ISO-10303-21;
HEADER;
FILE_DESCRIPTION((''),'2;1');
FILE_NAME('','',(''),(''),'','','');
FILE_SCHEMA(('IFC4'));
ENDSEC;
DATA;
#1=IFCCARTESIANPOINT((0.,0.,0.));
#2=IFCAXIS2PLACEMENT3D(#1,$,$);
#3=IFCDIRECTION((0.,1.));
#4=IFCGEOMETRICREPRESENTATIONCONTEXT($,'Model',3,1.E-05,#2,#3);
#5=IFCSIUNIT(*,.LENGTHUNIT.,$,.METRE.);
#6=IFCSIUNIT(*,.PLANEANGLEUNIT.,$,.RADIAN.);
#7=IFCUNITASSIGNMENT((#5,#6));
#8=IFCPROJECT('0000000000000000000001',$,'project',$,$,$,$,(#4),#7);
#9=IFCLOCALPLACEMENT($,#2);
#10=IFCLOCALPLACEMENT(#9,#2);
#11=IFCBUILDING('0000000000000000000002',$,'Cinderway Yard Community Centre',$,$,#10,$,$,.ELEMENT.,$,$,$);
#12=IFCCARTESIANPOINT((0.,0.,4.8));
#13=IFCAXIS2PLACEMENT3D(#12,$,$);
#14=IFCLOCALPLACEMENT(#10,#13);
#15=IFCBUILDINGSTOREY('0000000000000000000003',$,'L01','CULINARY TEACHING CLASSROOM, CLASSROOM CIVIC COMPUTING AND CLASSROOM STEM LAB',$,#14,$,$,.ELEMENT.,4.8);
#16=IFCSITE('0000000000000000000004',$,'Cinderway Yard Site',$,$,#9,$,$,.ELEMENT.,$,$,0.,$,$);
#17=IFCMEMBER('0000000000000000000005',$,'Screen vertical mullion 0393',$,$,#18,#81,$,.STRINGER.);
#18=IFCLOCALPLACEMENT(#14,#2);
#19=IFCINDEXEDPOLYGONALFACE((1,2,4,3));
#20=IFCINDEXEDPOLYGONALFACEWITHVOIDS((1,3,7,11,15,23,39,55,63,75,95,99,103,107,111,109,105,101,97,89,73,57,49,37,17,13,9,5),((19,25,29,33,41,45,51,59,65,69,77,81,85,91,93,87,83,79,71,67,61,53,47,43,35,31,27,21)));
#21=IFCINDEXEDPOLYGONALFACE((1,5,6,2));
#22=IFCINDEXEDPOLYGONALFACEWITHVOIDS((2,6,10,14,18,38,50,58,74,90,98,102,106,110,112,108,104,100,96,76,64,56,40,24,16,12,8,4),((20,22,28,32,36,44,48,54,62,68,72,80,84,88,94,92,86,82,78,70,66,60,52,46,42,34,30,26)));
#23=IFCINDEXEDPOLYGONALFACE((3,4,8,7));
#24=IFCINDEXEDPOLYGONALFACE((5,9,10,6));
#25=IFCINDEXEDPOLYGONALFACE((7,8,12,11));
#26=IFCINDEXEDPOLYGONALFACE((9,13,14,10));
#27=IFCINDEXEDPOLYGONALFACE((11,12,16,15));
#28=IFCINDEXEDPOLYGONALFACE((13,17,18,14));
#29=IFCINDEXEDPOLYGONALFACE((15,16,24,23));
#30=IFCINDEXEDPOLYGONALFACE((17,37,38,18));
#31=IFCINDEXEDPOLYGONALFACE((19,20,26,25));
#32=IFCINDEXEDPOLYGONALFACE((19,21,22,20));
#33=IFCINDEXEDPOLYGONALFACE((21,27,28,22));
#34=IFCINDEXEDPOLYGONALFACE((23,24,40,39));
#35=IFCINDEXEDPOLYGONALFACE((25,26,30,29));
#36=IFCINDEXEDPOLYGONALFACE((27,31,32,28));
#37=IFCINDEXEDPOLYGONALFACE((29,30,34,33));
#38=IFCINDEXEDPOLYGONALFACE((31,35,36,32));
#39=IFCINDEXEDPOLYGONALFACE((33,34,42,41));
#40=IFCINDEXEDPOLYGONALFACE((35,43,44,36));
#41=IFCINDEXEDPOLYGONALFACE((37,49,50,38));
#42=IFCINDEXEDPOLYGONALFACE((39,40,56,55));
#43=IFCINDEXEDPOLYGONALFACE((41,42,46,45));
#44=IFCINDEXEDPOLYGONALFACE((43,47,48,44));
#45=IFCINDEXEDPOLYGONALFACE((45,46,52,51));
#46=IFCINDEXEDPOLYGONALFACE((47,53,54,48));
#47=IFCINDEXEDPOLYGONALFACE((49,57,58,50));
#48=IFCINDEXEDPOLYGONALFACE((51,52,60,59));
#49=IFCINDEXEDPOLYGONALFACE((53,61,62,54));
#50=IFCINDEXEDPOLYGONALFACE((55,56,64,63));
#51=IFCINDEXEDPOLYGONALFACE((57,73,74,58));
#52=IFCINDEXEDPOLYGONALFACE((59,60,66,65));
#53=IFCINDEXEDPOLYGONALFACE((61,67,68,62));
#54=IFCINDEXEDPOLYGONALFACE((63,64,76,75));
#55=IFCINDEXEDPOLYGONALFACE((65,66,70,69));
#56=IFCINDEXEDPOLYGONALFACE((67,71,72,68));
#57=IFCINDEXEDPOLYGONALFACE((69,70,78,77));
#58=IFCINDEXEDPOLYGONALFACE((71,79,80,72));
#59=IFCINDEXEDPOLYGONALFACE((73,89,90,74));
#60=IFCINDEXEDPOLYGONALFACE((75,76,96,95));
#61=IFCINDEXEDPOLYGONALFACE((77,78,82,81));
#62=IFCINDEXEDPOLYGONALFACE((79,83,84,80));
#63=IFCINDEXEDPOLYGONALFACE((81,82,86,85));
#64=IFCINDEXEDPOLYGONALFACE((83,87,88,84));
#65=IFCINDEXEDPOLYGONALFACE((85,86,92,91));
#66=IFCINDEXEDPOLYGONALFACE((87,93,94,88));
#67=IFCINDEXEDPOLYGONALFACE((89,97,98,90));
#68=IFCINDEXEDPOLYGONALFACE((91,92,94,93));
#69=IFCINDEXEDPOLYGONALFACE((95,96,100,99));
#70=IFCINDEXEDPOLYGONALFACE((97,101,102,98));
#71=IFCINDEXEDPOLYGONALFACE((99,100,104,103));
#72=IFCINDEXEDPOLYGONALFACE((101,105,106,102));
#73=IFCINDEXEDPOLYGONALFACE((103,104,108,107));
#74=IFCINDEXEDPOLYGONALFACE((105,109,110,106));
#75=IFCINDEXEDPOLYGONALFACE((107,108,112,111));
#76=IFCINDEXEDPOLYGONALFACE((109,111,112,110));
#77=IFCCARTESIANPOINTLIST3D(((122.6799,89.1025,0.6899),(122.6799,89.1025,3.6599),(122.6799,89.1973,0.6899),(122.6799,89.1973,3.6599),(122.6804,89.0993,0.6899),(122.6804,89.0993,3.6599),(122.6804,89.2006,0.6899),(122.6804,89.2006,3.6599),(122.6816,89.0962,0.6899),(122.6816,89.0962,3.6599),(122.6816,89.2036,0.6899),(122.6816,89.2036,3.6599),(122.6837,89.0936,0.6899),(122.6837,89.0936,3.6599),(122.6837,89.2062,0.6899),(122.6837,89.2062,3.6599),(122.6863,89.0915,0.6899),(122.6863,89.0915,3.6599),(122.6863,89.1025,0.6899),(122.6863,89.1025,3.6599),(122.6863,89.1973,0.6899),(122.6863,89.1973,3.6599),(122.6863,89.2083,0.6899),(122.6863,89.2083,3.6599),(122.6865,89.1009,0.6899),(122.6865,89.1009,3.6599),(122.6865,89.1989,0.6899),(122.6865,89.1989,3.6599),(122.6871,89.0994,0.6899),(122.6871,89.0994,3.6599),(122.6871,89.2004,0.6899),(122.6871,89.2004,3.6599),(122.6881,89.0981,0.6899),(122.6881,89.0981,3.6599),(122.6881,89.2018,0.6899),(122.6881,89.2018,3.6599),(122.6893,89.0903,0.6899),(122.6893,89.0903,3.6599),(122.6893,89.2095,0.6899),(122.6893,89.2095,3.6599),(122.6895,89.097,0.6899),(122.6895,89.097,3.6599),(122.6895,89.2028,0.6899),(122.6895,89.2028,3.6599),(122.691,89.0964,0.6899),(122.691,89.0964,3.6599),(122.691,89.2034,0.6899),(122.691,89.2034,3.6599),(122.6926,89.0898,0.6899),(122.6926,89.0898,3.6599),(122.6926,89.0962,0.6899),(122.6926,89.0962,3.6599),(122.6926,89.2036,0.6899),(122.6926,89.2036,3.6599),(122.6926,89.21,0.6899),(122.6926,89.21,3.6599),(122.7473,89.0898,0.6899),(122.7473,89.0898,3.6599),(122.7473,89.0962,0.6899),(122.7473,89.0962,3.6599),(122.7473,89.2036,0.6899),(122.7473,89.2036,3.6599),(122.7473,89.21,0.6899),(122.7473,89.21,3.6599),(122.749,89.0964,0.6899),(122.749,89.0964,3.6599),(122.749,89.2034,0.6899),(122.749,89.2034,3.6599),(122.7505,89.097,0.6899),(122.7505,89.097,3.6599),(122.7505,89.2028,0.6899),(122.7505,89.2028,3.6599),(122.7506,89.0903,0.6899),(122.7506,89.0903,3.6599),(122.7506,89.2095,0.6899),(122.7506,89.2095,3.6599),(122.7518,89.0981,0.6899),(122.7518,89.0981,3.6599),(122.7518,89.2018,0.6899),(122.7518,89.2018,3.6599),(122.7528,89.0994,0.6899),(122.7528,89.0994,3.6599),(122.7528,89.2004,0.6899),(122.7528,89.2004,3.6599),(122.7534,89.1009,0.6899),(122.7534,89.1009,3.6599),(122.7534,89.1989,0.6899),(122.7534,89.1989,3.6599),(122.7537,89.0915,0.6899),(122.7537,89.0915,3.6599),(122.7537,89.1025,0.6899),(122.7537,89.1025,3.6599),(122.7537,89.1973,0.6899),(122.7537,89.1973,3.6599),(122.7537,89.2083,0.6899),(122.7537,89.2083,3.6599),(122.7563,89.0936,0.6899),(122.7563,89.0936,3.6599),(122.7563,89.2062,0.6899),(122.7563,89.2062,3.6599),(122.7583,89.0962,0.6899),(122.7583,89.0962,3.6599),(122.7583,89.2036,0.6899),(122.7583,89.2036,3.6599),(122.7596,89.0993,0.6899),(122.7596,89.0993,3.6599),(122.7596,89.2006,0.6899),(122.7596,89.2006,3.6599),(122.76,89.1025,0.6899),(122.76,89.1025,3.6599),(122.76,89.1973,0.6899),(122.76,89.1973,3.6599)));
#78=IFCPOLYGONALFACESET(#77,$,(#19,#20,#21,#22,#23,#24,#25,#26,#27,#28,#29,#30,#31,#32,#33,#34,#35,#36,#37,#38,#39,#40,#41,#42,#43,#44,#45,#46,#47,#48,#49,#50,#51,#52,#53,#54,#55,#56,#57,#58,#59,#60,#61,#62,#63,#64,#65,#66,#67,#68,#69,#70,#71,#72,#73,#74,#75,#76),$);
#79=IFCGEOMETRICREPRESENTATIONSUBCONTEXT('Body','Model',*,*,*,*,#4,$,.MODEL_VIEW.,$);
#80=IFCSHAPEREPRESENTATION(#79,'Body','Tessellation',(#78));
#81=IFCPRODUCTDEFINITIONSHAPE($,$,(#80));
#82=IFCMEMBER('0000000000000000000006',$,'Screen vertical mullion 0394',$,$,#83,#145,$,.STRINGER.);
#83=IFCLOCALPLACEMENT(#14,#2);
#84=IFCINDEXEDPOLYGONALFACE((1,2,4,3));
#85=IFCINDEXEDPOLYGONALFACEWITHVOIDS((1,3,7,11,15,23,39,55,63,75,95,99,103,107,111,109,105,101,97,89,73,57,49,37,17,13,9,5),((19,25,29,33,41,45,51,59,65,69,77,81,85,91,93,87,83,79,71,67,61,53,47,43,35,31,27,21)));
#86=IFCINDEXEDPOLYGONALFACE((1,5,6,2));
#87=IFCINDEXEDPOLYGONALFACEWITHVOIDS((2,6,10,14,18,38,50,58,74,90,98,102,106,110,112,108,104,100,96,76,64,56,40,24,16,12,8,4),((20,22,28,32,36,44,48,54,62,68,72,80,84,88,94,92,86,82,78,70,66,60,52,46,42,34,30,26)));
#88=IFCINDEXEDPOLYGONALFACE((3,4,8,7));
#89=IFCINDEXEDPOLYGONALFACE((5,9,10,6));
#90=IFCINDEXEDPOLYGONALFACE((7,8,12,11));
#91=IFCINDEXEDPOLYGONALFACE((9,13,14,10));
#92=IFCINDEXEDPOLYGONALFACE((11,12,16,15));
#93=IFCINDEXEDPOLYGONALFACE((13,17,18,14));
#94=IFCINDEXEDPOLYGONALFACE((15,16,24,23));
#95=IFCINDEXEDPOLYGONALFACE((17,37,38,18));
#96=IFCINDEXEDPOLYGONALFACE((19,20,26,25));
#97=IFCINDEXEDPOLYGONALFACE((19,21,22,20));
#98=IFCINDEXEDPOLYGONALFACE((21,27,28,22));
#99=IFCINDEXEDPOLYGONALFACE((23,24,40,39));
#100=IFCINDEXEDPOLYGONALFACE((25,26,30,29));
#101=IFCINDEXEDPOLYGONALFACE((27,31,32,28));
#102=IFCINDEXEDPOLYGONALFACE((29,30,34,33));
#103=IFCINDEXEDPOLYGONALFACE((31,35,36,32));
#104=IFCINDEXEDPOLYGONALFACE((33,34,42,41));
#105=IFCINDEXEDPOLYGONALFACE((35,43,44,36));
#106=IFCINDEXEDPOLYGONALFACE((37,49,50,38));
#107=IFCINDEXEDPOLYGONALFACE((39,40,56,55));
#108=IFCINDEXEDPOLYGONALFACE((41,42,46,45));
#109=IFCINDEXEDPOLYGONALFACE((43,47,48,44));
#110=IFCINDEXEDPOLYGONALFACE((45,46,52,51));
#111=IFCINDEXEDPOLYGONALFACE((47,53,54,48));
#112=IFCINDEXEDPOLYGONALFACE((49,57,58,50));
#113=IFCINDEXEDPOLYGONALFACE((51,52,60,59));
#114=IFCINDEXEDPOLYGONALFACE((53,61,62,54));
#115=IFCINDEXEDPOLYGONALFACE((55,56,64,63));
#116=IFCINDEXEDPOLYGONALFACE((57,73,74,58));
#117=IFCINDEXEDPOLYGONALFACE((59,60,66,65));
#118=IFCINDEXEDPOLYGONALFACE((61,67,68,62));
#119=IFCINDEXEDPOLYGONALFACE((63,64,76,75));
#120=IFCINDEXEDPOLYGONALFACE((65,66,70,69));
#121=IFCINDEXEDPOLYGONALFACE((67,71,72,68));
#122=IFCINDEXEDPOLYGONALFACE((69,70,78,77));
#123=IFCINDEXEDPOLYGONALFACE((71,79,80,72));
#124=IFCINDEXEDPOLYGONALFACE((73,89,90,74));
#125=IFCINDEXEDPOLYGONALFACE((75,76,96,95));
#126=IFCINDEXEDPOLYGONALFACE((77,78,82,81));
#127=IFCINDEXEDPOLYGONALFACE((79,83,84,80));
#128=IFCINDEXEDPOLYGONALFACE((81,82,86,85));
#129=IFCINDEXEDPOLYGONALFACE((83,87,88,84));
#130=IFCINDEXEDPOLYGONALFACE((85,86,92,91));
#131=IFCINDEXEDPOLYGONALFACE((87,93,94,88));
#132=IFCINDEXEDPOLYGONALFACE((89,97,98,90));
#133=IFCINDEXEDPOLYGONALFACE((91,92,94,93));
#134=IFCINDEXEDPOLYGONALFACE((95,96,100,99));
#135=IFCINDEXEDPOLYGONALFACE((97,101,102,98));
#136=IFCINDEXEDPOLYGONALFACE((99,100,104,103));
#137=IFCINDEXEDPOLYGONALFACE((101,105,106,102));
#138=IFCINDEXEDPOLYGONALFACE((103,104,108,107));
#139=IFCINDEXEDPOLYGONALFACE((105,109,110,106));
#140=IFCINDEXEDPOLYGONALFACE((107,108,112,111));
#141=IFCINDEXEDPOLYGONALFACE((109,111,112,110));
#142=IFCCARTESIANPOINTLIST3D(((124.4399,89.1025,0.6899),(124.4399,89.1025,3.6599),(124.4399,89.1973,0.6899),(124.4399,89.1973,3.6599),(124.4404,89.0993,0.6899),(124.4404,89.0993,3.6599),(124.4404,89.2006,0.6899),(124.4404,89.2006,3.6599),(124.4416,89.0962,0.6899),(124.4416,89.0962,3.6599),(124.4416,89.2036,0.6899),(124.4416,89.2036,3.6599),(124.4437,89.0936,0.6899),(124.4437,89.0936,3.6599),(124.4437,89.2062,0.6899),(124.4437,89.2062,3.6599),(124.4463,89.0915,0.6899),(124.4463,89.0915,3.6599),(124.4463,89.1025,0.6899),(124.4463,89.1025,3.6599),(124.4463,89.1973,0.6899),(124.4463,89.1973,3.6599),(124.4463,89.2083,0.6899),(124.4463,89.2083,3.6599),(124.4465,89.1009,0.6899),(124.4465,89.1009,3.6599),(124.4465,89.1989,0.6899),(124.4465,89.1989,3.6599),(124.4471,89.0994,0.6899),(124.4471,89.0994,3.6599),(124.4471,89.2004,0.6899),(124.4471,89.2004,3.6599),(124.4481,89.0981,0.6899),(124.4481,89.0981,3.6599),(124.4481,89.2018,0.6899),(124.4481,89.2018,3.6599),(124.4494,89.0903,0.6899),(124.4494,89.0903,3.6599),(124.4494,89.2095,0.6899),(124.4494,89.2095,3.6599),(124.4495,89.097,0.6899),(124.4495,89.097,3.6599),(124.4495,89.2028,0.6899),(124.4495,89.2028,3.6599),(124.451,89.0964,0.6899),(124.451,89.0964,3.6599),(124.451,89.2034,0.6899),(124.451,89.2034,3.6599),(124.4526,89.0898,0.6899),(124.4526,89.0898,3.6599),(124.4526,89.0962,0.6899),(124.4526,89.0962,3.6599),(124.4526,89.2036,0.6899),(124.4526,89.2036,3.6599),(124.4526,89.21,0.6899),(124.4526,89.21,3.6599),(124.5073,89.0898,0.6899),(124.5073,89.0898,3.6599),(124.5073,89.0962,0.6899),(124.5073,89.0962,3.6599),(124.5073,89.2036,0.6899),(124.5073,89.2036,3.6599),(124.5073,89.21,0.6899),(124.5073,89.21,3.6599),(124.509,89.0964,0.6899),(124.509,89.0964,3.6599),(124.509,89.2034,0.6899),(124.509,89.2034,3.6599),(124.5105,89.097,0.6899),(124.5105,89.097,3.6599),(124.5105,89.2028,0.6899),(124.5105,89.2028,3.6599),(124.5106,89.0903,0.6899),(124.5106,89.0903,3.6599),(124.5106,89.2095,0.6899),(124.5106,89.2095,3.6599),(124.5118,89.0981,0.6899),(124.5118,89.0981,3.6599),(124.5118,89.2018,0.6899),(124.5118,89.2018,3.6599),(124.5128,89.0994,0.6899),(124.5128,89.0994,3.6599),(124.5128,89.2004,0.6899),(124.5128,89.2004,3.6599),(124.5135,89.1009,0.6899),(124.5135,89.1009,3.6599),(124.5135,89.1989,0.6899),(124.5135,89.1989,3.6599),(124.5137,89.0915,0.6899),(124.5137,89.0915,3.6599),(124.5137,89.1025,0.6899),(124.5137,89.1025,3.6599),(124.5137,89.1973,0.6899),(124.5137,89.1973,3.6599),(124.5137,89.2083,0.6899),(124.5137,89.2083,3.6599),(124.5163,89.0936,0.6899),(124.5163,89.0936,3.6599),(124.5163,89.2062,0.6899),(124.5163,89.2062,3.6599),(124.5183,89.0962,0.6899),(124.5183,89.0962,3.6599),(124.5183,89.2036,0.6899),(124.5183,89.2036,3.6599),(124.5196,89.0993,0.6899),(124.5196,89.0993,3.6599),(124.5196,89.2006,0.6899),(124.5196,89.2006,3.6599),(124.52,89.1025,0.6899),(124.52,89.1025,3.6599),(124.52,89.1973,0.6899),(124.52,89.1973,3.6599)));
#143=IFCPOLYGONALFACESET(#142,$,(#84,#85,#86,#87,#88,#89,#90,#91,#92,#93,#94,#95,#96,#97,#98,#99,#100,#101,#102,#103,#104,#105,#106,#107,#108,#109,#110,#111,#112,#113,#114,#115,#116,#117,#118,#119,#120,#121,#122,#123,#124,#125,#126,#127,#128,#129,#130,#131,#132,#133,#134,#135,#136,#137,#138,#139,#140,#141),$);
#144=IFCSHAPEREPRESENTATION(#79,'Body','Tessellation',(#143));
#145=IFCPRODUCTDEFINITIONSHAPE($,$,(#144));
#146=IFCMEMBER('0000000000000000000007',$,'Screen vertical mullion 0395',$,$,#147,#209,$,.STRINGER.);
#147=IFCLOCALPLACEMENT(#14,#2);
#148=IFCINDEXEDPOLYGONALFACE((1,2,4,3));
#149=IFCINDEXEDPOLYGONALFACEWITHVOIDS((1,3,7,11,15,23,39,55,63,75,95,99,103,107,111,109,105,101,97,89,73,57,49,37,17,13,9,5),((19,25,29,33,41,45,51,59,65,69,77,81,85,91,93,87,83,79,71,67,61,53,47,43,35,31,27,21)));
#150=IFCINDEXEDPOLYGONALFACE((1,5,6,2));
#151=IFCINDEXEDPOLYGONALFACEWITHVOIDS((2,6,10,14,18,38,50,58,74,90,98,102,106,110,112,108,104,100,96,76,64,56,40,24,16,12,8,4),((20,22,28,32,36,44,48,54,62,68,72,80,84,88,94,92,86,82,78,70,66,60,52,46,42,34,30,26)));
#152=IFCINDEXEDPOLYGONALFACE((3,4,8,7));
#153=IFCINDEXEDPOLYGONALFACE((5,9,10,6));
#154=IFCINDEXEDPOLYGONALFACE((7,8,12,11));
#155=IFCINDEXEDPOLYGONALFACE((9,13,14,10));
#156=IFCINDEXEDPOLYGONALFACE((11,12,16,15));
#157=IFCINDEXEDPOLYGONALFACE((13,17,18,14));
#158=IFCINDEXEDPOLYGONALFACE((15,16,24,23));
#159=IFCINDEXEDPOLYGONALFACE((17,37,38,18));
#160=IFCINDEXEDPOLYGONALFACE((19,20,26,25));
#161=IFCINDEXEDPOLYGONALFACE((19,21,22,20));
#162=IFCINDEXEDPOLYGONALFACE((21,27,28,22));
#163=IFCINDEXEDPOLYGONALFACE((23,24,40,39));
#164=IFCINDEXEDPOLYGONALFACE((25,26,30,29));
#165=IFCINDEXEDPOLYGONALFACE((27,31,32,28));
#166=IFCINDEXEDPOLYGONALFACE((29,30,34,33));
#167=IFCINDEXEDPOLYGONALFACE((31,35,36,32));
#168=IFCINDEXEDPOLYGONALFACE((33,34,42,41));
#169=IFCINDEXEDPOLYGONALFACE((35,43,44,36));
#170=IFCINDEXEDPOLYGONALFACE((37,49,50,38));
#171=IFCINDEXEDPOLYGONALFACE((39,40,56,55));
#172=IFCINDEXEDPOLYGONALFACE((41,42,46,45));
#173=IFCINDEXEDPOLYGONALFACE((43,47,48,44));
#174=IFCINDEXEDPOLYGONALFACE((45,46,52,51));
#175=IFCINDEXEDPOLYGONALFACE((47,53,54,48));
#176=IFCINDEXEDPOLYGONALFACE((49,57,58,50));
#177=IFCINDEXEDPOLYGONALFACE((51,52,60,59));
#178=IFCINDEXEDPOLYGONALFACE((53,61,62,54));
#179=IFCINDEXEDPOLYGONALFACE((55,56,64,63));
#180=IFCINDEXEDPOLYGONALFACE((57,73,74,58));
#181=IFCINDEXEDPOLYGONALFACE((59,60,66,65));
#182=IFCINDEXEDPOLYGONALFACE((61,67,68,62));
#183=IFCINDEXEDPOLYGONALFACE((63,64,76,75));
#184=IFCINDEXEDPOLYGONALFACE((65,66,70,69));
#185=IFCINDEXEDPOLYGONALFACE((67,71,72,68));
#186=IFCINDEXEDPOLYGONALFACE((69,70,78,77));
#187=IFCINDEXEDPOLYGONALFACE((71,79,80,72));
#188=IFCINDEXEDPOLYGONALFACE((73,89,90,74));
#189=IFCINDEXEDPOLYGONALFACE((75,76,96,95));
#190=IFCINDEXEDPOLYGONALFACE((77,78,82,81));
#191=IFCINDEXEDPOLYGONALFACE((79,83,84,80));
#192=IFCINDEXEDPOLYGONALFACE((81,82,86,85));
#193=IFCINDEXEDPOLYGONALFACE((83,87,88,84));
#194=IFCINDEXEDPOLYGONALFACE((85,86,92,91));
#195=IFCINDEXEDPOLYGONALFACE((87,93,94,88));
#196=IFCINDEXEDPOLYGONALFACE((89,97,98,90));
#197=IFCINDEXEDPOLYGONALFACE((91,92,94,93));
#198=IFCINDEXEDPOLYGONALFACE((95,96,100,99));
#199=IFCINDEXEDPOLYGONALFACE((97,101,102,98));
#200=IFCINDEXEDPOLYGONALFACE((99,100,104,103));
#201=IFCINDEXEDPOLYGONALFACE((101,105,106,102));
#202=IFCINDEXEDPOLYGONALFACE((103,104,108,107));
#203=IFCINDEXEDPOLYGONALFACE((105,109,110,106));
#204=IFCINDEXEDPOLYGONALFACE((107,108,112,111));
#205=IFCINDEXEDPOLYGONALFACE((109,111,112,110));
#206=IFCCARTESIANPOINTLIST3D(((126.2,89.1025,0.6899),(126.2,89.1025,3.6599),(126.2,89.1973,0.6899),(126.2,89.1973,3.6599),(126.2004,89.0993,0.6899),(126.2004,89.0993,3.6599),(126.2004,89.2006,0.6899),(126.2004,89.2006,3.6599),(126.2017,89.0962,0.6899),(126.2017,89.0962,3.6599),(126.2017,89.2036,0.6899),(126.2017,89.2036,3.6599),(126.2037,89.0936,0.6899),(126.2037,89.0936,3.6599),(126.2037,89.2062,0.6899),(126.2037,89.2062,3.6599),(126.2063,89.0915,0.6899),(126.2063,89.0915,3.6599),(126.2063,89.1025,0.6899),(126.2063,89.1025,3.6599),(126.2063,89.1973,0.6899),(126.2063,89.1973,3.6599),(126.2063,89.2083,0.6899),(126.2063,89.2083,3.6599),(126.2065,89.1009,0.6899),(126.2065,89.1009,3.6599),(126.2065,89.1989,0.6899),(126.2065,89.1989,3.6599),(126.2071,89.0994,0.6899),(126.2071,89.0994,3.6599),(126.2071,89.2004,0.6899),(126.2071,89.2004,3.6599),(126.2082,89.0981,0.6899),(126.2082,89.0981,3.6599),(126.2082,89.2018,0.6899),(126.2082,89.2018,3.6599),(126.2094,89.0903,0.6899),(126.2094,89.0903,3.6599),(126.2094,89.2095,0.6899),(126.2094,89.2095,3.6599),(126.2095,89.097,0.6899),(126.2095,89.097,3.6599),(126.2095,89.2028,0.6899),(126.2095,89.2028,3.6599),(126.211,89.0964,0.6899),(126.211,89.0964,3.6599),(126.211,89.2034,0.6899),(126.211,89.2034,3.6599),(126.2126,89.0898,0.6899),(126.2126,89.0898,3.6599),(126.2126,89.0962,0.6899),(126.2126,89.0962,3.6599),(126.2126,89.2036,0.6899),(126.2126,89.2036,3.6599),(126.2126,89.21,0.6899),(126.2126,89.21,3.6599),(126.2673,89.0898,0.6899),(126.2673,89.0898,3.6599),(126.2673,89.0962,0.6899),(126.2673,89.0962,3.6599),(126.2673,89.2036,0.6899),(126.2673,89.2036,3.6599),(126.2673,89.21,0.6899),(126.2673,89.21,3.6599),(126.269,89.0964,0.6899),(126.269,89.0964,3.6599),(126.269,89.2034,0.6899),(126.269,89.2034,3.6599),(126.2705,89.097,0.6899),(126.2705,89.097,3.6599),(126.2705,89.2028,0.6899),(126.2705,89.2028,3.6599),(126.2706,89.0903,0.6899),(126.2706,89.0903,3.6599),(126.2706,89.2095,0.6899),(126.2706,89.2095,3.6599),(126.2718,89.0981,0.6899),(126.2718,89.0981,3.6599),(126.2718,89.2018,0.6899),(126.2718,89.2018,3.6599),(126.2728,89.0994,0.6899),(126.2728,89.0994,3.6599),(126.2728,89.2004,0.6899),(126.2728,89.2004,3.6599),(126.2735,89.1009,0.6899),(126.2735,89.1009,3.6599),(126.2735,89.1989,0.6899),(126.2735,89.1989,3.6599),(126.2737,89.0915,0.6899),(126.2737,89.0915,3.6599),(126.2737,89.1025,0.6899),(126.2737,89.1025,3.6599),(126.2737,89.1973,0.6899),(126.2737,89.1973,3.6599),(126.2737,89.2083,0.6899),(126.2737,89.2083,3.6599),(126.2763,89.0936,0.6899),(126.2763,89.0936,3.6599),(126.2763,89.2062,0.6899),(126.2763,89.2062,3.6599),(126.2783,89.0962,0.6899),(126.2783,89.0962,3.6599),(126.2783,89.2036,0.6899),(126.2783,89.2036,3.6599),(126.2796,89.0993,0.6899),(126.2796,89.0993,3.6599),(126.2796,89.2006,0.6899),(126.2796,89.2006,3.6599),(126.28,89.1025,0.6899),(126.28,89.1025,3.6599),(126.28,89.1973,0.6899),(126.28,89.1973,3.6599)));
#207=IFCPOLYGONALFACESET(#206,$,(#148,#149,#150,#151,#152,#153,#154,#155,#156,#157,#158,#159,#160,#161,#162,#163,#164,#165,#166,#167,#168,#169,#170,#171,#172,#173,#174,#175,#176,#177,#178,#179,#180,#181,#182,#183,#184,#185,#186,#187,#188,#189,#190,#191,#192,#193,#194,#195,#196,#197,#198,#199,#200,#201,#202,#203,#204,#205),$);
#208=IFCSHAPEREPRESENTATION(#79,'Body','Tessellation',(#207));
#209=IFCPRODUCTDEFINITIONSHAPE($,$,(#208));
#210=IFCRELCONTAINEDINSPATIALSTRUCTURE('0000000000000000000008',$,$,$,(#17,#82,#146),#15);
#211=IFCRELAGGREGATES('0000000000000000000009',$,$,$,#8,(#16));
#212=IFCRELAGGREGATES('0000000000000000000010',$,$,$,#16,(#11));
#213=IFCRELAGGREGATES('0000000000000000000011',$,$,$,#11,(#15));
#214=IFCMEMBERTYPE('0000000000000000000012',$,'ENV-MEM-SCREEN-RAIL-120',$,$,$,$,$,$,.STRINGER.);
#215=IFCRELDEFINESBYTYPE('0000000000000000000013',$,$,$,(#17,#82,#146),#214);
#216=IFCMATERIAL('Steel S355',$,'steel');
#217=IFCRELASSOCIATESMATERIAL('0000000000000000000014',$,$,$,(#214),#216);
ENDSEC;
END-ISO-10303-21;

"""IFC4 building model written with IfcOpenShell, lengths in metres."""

from ifc_helpers import new_model, si_unit, direction, frame, origin, origin_2d, place, context, subcontext, project, spatial, hollow_rectangle, extrude, material, material_profile, profile_set, type_object, element, save


model = new_model("IFC4")

# Units and contexts
model_context = context("Model", 3, precision=1e-05, world=origin(), true_north=direction((0.0, 1.0)))
body_context = subcontext(model_context, "Body", "Model", "MODEL_VIEW")
ifc_project = project(units=[si_unit("LENGTHUNIT", "METRE"), si_unit("PLANEANGLEUNIT", "RADIAN")], contexts=[model_context])

# Site, building, storey
site_placement = place(None, origin())
site = spatial("IfcSite", under=ifc_project, at=site_placement, Name="Cinderway Yard Site", CompositionType="ELEMENT", RefElevation=0.0)
building_placement = place(site_placement, origin())
building = spatial("IfcBuilding", under=site, at=building_placement, Name="Cinderway Yard Community Centre", CompositionType="ELEMENT")
storey_placement = place(building_placement, frame((0.0, 0.0, 4.8)))
storey = spatial("IfcBuildingStorey", under=building, at=storey_placement, Name="L01", Description="CULINARY TEACHING CLASSROOM, CLASSROOM CIVIC COMPUTING AND CLASSROOM STEM LAB", CompositionType="ELEMENT", Elevation=4.8)

# Members
ifc_material_1 = material(Name="Steel S355", Category="steel")
ifc_material_profile_1 = material_profile(ifc_material_1, hollow_rectangle(XDim=0.0801, YDim=0.1201, WallThickness=0.0063, InnerFilletRadius=0.0063, OuterFilletRadius=0.0127, at=origin_2d()), Name="Steel S355")
ifc_profile_set_1 = profile_set([ifc_material_profile_1], Name="Steel S355")
member_type_1 = type_object("IfcMemberType", Name="ENV-MEM-SCREEN-RAIL-120", PredefinedType="STRINGER", material=ifc_profile_set_1)
for number, where, z_axis, x_axis, name in (
    (1, (122.72, 89.1499, 0.6899), (0.0, 0.0, 1.0), (1.0, 0.0, 0.0), "Screen vertical mullion 0393"),
    (2, (124.48, 89.1499, 0.6899), (0.0, 0.0, 1.0), (1.0, 0.0, 0.0), "Screen vertical mullion 0394"),
    (3, (126.24, 89.1499, 0.6899), (0.0, 0.0, 1.0), (1.0, 0.0, 0.0), "Screen vertical mullion 0395"),
):
    element("IfcMember", number, at=place(storey_placement, frame(where, z_axis=z_axis, x_axis=x_axis)), inside=storey, type_object=member_type_1, Name=name, PredefinedType="STRINGER", context=body_context, shape_type="SweptSolid", body=[
        extrude(hollow_rectangle(XDim=0.0801, YDim=0.1201, WallThickness=0.0063, InnerFilletRadius=0.0063, OuterFilletRadius=0.0127, at=origin_2d()), origin(), (0.0, 0.0, 1.0), 2.97),
    ])

save(model, "model.ifc")
